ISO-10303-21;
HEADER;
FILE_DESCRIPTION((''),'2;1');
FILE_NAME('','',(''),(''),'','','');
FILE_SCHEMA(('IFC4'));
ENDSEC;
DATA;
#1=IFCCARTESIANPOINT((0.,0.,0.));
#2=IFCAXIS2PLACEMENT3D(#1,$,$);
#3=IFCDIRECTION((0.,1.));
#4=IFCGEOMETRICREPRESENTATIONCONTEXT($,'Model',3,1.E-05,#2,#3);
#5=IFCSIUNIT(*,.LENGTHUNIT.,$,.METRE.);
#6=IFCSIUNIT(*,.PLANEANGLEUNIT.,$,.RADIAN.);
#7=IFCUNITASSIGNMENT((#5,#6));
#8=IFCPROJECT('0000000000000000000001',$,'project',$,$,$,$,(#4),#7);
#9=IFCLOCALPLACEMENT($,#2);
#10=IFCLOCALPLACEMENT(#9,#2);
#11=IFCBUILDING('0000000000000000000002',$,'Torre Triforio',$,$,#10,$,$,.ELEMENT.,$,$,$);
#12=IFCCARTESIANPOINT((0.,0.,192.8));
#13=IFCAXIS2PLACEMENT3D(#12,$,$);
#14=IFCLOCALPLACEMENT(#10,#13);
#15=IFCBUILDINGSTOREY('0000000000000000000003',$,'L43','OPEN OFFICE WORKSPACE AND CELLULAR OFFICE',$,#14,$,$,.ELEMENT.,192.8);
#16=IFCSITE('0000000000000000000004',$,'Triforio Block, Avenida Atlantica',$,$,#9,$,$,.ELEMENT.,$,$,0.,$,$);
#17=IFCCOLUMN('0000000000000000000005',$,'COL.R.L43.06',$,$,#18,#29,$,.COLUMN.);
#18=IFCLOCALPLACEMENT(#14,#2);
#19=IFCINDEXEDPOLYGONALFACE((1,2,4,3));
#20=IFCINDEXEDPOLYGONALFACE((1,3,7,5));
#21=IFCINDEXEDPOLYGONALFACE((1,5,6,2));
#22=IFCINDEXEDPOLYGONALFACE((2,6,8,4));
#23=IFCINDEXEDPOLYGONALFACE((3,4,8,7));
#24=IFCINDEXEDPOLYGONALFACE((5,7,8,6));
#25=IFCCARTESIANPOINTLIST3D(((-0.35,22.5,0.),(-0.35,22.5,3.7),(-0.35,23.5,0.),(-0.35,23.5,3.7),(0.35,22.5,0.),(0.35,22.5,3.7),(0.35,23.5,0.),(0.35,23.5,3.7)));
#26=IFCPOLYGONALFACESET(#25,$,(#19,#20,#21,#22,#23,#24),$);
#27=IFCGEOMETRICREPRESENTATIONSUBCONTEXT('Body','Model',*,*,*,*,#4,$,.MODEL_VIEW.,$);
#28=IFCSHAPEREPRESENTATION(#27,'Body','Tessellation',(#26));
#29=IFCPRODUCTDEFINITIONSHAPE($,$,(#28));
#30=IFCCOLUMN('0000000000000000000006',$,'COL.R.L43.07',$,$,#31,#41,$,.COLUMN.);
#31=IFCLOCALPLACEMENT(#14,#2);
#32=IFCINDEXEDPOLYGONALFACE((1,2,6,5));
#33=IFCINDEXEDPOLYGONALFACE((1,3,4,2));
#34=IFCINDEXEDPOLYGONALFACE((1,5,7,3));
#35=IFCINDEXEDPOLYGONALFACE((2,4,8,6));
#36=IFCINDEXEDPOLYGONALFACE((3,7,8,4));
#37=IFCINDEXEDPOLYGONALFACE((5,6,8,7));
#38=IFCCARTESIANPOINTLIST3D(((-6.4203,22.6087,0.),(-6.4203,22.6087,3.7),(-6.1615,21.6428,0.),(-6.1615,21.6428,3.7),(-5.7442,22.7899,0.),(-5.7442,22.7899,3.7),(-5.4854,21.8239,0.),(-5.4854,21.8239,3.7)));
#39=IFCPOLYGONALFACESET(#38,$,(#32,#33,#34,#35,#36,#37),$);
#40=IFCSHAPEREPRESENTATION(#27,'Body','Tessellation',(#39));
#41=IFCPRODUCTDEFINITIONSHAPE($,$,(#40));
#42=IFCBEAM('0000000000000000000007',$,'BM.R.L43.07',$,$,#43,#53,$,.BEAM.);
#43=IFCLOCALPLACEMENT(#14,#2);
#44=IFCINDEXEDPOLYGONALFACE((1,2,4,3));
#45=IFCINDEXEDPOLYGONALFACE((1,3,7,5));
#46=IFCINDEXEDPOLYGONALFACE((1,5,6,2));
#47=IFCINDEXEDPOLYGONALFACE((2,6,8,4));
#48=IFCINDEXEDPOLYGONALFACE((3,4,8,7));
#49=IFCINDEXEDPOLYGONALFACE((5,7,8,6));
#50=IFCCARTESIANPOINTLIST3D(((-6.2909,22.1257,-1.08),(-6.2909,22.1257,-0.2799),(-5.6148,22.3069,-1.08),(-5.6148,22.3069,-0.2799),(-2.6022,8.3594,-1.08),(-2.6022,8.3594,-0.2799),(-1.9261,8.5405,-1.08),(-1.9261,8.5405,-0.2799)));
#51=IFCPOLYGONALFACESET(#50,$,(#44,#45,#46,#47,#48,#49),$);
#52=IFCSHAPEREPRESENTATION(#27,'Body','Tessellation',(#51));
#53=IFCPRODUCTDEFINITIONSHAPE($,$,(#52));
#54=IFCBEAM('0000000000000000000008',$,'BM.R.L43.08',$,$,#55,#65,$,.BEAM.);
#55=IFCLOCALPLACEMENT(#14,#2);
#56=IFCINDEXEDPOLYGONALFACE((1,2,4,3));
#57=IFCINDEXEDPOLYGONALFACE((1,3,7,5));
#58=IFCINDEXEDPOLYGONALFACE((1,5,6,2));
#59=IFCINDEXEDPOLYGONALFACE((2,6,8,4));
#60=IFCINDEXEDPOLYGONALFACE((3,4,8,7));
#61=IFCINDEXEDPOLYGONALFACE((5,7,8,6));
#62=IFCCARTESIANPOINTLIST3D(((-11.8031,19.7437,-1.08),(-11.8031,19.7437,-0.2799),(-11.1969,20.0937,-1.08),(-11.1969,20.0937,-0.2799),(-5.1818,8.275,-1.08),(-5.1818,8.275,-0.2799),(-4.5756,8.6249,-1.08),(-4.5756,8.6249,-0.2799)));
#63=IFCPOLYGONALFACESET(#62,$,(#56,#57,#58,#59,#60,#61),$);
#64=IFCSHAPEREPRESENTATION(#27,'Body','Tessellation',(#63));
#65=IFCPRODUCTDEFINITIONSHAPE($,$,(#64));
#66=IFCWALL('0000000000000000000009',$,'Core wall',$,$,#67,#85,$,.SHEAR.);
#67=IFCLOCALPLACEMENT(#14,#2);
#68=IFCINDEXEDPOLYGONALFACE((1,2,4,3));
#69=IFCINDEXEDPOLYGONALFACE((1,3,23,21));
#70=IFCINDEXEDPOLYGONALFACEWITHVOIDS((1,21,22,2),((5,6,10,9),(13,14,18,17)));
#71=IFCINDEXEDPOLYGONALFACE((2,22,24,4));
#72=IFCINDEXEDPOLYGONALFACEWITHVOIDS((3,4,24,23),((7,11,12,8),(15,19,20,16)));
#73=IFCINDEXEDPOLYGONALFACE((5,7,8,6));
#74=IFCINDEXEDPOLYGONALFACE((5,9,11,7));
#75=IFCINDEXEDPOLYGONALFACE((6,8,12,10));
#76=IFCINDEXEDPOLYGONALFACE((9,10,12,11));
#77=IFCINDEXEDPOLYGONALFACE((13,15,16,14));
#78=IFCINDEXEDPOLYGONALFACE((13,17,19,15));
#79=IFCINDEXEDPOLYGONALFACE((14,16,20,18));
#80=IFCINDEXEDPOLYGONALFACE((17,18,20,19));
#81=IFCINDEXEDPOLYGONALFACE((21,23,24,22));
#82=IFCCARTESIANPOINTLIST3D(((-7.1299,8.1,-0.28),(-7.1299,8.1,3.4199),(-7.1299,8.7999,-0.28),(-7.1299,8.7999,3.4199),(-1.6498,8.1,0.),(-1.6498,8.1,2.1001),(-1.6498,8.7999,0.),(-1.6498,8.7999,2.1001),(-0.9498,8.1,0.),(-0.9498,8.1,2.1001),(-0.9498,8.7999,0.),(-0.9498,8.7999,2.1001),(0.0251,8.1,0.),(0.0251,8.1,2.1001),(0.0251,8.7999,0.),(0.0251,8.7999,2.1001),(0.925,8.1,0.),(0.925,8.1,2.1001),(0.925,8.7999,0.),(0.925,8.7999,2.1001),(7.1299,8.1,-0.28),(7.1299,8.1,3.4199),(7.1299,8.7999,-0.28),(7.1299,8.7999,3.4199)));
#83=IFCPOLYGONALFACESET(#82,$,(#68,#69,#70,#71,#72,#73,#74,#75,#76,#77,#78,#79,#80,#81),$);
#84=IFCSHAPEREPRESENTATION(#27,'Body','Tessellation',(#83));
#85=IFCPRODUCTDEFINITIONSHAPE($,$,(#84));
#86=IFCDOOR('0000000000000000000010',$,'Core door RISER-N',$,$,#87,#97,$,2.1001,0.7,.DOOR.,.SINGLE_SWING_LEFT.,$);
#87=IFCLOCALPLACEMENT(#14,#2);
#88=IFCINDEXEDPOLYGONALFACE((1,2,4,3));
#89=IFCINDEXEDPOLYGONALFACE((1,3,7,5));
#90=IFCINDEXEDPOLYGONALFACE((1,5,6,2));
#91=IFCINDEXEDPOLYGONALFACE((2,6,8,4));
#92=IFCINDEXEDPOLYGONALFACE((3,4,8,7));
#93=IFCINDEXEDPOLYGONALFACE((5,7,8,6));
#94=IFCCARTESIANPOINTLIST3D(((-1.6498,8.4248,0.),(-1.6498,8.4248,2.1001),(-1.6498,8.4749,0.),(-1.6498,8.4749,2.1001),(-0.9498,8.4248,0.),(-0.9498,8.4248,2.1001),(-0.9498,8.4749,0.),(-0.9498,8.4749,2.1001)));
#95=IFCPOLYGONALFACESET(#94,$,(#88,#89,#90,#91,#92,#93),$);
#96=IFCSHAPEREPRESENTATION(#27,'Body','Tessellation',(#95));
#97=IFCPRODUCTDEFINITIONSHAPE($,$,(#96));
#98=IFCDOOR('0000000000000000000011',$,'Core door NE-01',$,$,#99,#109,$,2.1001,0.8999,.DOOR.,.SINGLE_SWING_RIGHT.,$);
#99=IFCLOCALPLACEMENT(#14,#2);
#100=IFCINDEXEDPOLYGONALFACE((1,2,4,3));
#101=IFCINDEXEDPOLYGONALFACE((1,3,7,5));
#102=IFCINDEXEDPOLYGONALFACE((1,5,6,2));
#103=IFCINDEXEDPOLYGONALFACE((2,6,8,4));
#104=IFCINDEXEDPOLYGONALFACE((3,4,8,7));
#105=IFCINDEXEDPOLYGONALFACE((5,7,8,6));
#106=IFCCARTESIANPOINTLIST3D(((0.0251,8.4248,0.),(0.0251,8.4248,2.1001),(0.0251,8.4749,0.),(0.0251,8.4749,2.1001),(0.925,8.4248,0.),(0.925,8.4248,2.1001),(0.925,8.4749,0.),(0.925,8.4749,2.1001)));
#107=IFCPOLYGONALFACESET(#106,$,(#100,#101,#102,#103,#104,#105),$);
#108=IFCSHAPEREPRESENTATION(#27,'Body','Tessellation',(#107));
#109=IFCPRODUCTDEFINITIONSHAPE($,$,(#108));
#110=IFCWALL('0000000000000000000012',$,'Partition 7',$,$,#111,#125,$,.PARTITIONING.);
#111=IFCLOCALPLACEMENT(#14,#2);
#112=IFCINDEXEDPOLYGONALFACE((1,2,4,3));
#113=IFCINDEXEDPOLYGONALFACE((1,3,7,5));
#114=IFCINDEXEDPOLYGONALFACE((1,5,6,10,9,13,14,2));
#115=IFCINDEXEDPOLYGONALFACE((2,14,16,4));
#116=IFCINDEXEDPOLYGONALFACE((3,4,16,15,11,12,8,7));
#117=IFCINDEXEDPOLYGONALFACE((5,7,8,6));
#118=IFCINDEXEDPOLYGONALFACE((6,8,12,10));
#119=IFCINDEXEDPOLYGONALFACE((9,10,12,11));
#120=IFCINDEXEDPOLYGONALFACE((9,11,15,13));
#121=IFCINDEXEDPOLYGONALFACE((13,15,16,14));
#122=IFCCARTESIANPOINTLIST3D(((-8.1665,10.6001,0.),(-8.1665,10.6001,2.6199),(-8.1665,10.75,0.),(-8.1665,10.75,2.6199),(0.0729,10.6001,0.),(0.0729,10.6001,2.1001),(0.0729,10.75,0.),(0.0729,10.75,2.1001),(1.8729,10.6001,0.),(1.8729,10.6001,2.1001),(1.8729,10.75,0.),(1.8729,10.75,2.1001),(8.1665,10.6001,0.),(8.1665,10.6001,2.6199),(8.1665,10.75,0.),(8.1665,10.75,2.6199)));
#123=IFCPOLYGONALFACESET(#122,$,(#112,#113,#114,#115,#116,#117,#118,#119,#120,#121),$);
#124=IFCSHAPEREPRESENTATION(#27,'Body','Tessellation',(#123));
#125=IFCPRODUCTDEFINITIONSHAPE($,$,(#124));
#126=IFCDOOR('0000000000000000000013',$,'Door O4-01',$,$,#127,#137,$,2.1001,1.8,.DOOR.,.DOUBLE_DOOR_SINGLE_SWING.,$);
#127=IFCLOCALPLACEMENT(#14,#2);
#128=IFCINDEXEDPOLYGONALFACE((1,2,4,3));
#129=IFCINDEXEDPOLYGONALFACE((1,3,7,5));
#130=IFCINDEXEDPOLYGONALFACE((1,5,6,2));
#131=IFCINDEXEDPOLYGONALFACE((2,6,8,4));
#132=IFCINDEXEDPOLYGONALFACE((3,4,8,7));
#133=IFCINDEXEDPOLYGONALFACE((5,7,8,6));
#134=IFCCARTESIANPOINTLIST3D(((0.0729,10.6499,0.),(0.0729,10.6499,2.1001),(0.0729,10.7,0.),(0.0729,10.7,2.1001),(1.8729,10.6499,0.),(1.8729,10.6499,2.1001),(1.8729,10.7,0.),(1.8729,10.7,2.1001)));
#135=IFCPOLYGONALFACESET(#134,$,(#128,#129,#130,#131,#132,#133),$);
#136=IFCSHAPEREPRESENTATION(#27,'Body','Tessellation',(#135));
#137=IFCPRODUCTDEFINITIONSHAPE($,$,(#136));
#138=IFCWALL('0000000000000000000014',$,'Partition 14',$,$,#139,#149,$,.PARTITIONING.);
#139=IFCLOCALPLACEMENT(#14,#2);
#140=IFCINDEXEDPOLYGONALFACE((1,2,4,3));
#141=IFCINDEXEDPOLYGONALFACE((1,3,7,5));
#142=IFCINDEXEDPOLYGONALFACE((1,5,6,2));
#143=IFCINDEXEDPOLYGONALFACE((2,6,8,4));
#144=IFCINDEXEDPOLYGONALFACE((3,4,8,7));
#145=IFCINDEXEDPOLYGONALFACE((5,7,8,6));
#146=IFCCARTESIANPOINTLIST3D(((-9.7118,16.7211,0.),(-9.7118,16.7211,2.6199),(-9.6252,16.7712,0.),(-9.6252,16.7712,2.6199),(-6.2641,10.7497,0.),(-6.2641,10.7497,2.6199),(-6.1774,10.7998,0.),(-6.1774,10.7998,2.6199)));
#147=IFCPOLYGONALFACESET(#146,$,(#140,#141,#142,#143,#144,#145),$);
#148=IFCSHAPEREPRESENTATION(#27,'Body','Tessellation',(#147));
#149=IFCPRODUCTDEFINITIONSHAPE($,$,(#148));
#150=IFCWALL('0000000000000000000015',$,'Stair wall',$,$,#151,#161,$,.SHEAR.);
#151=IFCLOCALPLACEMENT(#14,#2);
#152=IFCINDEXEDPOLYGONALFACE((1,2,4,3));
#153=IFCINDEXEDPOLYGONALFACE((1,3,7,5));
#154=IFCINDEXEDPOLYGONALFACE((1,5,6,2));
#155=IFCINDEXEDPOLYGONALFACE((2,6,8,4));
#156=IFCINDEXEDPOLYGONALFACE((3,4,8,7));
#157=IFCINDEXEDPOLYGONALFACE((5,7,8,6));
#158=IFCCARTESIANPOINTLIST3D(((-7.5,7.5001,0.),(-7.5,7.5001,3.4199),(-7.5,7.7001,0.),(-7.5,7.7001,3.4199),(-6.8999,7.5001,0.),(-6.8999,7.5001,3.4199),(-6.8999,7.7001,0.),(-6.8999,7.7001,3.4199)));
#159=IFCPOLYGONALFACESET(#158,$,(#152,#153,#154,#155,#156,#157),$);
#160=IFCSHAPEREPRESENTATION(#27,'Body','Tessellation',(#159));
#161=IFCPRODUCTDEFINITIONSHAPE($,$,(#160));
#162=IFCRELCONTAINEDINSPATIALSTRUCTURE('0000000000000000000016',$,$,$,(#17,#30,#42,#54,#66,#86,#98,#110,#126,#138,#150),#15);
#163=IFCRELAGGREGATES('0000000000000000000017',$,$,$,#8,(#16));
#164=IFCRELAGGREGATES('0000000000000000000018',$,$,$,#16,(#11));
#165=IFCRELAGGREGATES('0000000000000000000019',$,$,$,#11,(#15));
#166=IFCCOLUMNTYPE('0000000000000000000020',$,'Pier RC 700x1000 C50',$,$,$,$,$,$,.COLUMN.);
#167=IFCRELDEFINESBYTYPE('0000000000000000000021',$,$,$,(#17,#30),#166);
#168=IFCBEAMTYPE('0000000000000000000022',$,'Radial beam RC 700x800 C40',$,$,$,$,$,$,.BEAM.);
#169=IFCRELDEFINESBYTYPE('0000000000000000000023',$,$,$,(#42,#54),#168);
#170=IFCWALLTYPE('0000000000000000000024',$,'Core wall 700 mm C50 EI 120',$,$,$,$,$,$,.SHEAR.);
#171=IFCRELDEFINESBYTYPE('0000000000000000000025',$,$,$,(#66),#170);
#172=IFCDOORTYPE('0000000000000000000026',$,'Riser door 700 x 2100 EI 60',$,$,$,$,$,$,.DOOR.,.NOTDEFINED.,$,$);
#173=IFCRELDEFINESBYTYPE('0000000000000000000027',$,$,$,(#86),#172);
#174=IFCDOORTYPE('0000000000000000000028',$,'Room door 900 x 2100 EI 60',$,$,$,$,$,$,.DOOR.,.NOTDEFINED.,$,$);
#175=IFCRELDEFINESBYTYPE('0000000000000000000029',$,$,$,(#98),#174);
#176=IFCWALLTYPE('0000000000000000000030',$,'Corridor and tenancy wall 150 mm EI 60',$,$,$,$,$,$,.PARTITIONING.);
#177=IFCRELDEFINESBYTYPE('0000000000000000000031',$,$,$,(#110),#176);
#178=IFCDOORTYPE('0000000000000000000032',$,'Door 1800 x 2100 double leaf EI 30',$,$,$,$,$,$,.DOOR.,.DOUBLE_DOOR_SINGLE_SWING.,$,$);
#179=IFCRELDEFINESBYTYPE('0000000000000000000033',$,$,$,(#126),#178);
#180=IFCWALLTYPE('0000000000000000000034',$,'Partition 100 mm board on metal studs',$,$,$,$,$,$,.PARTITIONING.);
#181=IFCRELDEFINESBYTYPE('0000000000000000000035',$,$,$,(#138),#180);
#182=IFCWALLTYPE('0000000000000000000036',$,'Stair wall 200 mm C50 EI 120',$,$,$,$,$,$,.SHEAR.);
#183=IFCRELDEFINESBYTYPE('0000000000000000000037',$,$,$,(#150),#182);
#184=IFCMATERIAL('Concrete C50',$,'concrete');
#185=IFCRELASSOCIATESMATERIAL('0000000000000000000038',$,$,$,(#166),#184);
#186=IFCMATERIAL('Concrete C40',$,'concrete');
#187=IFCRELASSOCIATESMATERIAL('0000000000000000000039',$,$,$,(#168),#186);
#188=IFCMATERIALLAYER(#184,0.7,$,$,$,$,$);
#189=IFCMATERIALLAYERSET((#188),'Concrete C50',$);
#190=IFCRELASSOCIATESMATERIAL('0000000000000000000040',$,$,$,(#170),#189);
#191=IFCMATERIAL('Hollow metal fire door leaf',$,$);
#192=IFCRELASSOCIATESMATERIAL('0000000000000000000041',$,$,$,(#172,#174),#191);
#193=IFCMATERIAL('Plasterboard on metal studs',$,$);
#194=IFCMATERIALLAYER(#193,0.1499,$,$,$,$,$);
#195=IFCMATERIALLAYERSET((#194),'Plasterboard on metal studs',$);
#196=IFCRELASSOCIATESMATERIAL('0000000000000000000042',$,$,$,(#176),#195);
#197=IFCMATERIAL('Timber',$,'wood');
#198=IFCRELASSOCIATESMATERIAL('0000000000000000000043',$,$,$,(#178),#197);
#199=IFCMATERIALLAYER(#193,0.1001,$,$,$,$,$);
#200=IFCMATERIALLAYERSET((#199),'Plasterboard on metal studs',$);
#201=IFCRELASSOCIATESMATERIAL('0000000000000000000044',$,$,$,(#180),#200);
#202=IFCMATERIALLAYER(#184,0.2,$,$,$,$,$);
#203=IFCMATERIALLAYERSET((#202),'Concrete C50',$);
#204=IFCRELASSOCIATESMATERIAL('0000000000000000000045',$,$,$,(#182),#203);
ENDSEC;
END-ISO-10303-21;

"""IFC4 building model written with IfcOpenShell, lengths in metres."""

from ifc_helpers import new_model, si_unit, direction, frame, frame_2d, origin, origin_2d, place, context, subcontext, project, spatial, rectangle, extrude, material, layer, layer_set, material_profile, profile_set, type_object, element, fill, save


model = new_model("IFC4")

# Units and contexts
model_context = context("Model", 3, precision=1e-05, world=origin(), true_north=direction((0.0, 1.0)))
body_context = subcontext(model_context, "Body", "Model", "MODEL_VIEW")
ifc_project = project(units=[si_unit("LENGTHUNIT", "METRE"), si_unit("PLANEANGLEUNIT", "RADIAN")], contexts=[model_context])

# Site, building, storey
site_placement = place(None, origin())
site = spatial("IfcSite", under=ifc_project, at=site_placement, Name="Triforio Block, Avenida Atlantica", CompositionType="ELEMENT", RefElevation=0.0)
building_placement = place(site_placement, origin())
building = spatial("IfcBuilding", under=site, at=building_placement, Name="Torre Triforio", CompositionType="ELEMENT")
storey_placement = place(building_placement, frame((0.0, 0.0, 192.8)))
storey = spatial("IfcBuildingStorey", under=building, at=storey_placement, Name="L43", Description="OPEN OFFICE WORKSPACE AND CELLULAR OFFICE", CompositionType="ELEMENT", Elevation=192.8)

# Columns
ifc_material_1 = material(Name="Concrete C50", Category="concrete")
ifc_material_profile_1 = material_profile(ifc_material_1, rectangle(XDim=0.7, YDim=1.0, at=origin_2d()), Name="RC 700x1000")
ifc_profile_set_1 = profile_set([ifc_material_profile_1], Name="Concrete C50")
column_type = type_object("IfcColumnType", Name="Pier RC 700x1000 C50", PredefinedType="COLUMN", material=ifc_profile_set_1)
for number, where, z_axis, x_axis, name in (
    (1, (0.0, 23.0, 0.0), (0.0, 0.0, 1.0), (-1.0, 0.0, 0.0), "COL.R.L43.06"),
    (2, (-5.9529, 22.2163, 0.0), (0.0, 0.0, 1.0), (-0.965926, -0.258819, 0.0), "COL.R.L43.07"),
):
    element("IfcColumn", number, at=place(storey_placement, frame(where, z_axis=z_axis, x_axis=x_axis)), inside=storey, type_object=column_type, Name=name, PredefinedType="COLUMN", context=body_context, shape_type="SweptSolid", body=[
        extrude(rectangle(XDim=0.7, YDim=1.0, at=origin_2d()), origin(), (0.0, 0.0, 1.0), 3.7),
    ])

# Beams
ifc_material_2 = material(Name="Concrete C40", Category="concrete")
ifc_material_profile_2 = material_profile(ifc_material_2, rectangle(XDim=0.7, YDim=0.8, at=origin_2d()), Name="RC 700x800")
ifc_profile_set_2 = profile_set([ifc_material_profile_2], Name="Concrete C40")
beam_type = type_object("IfcBeamType", Name="Radial beam RC 700x800 C40", PredefinedType="BEAM", material=ifc_profile_set_2)
beam_1_placement = place(storey_placement, frame((-2.2642, 8.45, -0.6799), z_axis=(-0.258821, 0.965925, 0.0), x_axis=(-0.965925, -0.258821, 0.0)))
element("IfcBeam", 3, at=beam_1_placement, inside=storey, type_object=beam_type, Name="BM.R.L43.07", PredefinedType="BEAM", context=body_context, shape_type="SweptSolid", body=[
    extrude(rectangle(XDim=0.7, YDim=0.8, at=origin_2d()), origin(), (0.0, 0.0, 1.0), 14.252),
])
beam_2_placement = place(storey_placement, frame((-4.8787, 8.45, -0.6799), z_axis=(-0.499992, 0.86603, 0.0), x_axis=(-0.86603, -0.499992, 0.0)))
element("IfcBeam", 4, at=beam_2_placement, inside=storey, type_object=beam_type, Name="BM.R.L43.08", PredefinedType="BEAM", context=body_context, shape_type="SweptSolid", body=[
    extrude(rectangle(XDim=0.7, YDim=0.8, at=origin_2d()), origin(), (0.0, 0.0, 1.0), 13.2429),
])

# Wall, openings, doors
ifc_layer_1 = layer(ifc_material_1, 0.7)
ifc_layer_set_1 = layer_set([ifc_layer_1], Name="Concrete C50")
wall_type_1 = type_object("IfcWallType", Name="Core wall 700 mm C50 EI 120", PredefinedType="SHEAR", material=ifc_layer_set_1)
wall_1_placement = place(storey_placement, frame((-7.1299, 8.45, -0.28), z_axis=(0.0, 0.0, 1.0), x_axis=(1.0, 0.0, 0.0)))
wall_1 = element("IfcWall", 5, at=wall_1_placement, inside=storey, type_object=wall_type_1, Name="Core wall", PredefinedType="SHEAR", context=body_context, shape_type="SweptSolid", body=[
    extrude(rectangle(XDim=14.2598, YDim=0.7, at=frame_2d((7.1299, 0.0))), origin(), (0.0, 0.0, 1.0), 3.7),
])
opening_1_placement = place(wall_1_placement, frame((5.48, 0.0, 0.28)))
opening_1 = element("IfcOpeningElement", 6, at=opening_1_placement, cuts=wall_1, PredefinedType="OPENING", context=body_context, shape_type="SweptSolid", body=[
    extrude(rectangle(XDim=0.7, YDim=2.1001, at=frame_2d((0.3501, 1.05))), frame((0.0, 0.3599, 0.0), z_axis=(0.0, -1.0, 0.0), x_axis=(1.0, 0.0, 0.0)), (0.0, 0.0, 1.0), 0.72),
])
opening_2_placement = place(wall_1_placement, frame((7.155, 0.0, 0.28)))
opening_2 = element("IfcOpeningElement", 7, at=opening_2_placement, cuts=wall_1, PredefinedType="OPENING", context=body_context, shape_type="SweptSolid", body=[
    extrude(rectangle(XDim=0.8999, YDim=2.1001, at=frame_2d((0.45, 1.05))), frame((0.0, 0.3599, 0.0), z_axis=(0.0, -1.0, 0.0), x_axis=(1.0, 0.0, 0.0)), (0.0, 0.0, 1.0), 0.72),
])
ifc_material_3 = material(Name="Hollow metal fire door leaf")
door_type_1 = type_object("IfcDoorType", Name="Riser door 700 x 2100 EI 60", OperationType="NOTDEFINED", PredefinedType="DOOR", material=ifc_material_3)
door_1_placement = place(opening_1_placement, origin())
door_1 = element("IfcDoor", 8, at=door_1_placement, inside=storey, type_object=door_type_1, Name="Core door RISER-N", OperationType="SINGLE_SWING_LEFT", OverallHeight=2.1001, OverallWidth=0.7, PredefinedType="DOOR", context=body_context, shape_type="SweptSolid", body=[
    extrude(rectangle(XDim=0.7, YDim=2.1001, at=frame_2d((0.3501, 1.05))), frame((0.0, 0.0249, 0.0), z_axis=(0.0, -1.0, 0.0), x_axis=(1.0, 0.0, 0.0)), (0.0, 0.0, 1.0), 0.05),
])
fill(opening_1, door_1)
door_type_2 = type_object("IfcDoorType", Name="Room door 900 x 2100 EI 60", OperationType="NOTDEFINED", PredefinedType="DOOR", material=ifc_material_3)
door_2_placement = place(opening_2_placement, origin())
door_2 = element("IfcDoor", 9, at=door_2_placement, inside=storey, type_object=door_type_2, Name="Core door NE-01", OperationType="SINGLE_SWING_RIGHT", OverallHeight=2.1001, OverallWidth=0.8999, PredefinedType="DOOR", context=body_context, shape_type="SweptSolid", body=[
    extrude(rectangle(XDim=0.8999, YDim=2.1001, at=frame_2d((0.45, 1.05))), frame((0.0, 0.0249, 0.0), z_axis=(0.0, -1.0, 0.0), x_axis=(1.0, 0.0, 0.0)), (0.0, 0.0, 1.0), 0.05),
])
fill(opening_2, door_2)

# Wall, opening, door
ifc_material_4 = material(Name="Plasterboard on metal studs")
ifc_layer_2 = layer(ifc_material_4, 0.1499)
ifc_layer_set_2 = layer_set([ifc_layer_2], Name="Plasterboard on metal studs")
wall_type_2 = type_object("IfcWallType", Name="Corridor and tenancy wall 150 mm EI 60", PredefinedType="PARTITIONING", material=ifc_layer_set_2)
wall_2_placement = place(storey_placement, frame((-8.1665, 10.675, 0.0), z_axis=(0.0, 0.0, 1.0), x_axis=(1.0, 0.0, 0.0)))
wall_2 = element("IfcWall", 10, at=wall_2_placement, inside=storey, type_object=wall_type_2, Name="Partition 7", PredefinedType="PARTITIONING", context=body_context, shape_type="SweptSolid", body=[
    extrude(rectangle(XDim=16.333, YDim=0.1499, at=frame_2d((8.1665, 0.0))), origin(), (0.0, 0.0, 1.0), 2.6199),
])
opening_3_placement = place(wall_2_placement, frame((8.2395, 0.0, 0.0)))
opening_3 = element("IfcOpeningElement", 11, at=opening_3_placement, cuts=wall_2, PredefinedType="OPENING", context=body_context, shape_type="SweptSolid", body=[
    extrude(rectangle(XDim=1.8, YDim=2.1001, at=frame_2d((0.8999, 1.05))), frame((0.0, 0.085, 0.0), z_axis=(0.0, -1.0, 0.0), x_axis=(1.0, 0.0, 0.0)), (0.0, 0.0, 1.0), 0.1699),
])
ifc_material_5 = material(Name="Timber", Category="wood")
door_type_3 = type_object("IfcDoorType", Name="Door 1800 x 2100 double leaf EI 30", OperationType="DOUBLE_DOOR_SINGLE_SWING", PredefinedType="DOOR", material=ifc_material_5)
door_3_placement = place(opening_3_placement, origin())
door_3 = element("IfcDoor", 12, at=door_3_placement, inside=storey, type_object=door_type_3, Name="Door O4-01", OperationType="DOUBLE_DOOR_SINGLE_SWING", OverallHeight=2.1001, OverallWidth=1.8, PredefinedType="DOOR", context=body_context, shape_type="SweptSolid", body=[
    extrude(rectangle(XDim=1.8, YDim=2.1001, at=frame_2d((0.8999, 1.05))), frame((0.0, 0.0249, 0.0), z_axis=(0.0, -1.0, 0.0), x_axis=(1.0, 0.0, 0.0)), (0.0, 0.0, 1.0), 0.05),
])
fill(opening_3, door_3)

# Walls
ifc_layer_3 = layer(ifc_material_4, 0.1001)
ifc_layer_set_3 = layer_set([ifc_layer_3], Name="Plasterboard on metal studs")
wall_type_3 = type_object("IfcWallType", Name="Partition 100 mm board on metal studs", PredefinedType="PARTITIONING", material=ifc_layer_set_3)
wall_3_placement = place(storey_placement, frame((-6.2207, 10.7747, 0.0), z_axis=(0.0, 0.0, 1.0), x_axis=(-0.500016, 0.866016, 0.0)))
element("IfcWall", 13, at=wall_3_placement, inside=storey, type_object=wall_type_3, Name="Partition 14", PredefinedType="PARTITIONING", context=body_context, shape_type="SweptSolid", body=[
    extrude(rectangle(XDim=6.8953, YDim=0.1001, at=frame_2d((3.4478, 0.0))), origin(), (0.0, 0.0, 1.0), 2.6199),
])
ifc_layer_4 = layer(ifc_material_1, 0.2)
ifc_layer_set_4 = layer_set([ifc_layer_4], Name="Concrete C50")
wall_type_4 = type_object("IfcWallType", Name="Stair wall 200 mm C50 EI 120", PredefinedType="SHEAR", material=ifc_layer_set_4)
wall_4_placement = place(storey_placement, frame((-7.5, 7.6001, 0.0), z_axis=(0.0, 0.0, 1.0), x_axis=(1.0, 0.0, 0.0)))
element("IfcWall", 14, at=wall_4_placement, inside=storey, type_object=wall_type_4, Name="Stair wall", PredefinedType="SHEAR", context=body_context, shape_type="SweptSolid", body=[
    extrude(rectangle(XDim=0.6001, YDim=0.2, at=frame_2d((0.3, 0.0))), origin(), (0.0, 0.0, 1.0), 3.4199),
])

save(model, "model.ifc")
